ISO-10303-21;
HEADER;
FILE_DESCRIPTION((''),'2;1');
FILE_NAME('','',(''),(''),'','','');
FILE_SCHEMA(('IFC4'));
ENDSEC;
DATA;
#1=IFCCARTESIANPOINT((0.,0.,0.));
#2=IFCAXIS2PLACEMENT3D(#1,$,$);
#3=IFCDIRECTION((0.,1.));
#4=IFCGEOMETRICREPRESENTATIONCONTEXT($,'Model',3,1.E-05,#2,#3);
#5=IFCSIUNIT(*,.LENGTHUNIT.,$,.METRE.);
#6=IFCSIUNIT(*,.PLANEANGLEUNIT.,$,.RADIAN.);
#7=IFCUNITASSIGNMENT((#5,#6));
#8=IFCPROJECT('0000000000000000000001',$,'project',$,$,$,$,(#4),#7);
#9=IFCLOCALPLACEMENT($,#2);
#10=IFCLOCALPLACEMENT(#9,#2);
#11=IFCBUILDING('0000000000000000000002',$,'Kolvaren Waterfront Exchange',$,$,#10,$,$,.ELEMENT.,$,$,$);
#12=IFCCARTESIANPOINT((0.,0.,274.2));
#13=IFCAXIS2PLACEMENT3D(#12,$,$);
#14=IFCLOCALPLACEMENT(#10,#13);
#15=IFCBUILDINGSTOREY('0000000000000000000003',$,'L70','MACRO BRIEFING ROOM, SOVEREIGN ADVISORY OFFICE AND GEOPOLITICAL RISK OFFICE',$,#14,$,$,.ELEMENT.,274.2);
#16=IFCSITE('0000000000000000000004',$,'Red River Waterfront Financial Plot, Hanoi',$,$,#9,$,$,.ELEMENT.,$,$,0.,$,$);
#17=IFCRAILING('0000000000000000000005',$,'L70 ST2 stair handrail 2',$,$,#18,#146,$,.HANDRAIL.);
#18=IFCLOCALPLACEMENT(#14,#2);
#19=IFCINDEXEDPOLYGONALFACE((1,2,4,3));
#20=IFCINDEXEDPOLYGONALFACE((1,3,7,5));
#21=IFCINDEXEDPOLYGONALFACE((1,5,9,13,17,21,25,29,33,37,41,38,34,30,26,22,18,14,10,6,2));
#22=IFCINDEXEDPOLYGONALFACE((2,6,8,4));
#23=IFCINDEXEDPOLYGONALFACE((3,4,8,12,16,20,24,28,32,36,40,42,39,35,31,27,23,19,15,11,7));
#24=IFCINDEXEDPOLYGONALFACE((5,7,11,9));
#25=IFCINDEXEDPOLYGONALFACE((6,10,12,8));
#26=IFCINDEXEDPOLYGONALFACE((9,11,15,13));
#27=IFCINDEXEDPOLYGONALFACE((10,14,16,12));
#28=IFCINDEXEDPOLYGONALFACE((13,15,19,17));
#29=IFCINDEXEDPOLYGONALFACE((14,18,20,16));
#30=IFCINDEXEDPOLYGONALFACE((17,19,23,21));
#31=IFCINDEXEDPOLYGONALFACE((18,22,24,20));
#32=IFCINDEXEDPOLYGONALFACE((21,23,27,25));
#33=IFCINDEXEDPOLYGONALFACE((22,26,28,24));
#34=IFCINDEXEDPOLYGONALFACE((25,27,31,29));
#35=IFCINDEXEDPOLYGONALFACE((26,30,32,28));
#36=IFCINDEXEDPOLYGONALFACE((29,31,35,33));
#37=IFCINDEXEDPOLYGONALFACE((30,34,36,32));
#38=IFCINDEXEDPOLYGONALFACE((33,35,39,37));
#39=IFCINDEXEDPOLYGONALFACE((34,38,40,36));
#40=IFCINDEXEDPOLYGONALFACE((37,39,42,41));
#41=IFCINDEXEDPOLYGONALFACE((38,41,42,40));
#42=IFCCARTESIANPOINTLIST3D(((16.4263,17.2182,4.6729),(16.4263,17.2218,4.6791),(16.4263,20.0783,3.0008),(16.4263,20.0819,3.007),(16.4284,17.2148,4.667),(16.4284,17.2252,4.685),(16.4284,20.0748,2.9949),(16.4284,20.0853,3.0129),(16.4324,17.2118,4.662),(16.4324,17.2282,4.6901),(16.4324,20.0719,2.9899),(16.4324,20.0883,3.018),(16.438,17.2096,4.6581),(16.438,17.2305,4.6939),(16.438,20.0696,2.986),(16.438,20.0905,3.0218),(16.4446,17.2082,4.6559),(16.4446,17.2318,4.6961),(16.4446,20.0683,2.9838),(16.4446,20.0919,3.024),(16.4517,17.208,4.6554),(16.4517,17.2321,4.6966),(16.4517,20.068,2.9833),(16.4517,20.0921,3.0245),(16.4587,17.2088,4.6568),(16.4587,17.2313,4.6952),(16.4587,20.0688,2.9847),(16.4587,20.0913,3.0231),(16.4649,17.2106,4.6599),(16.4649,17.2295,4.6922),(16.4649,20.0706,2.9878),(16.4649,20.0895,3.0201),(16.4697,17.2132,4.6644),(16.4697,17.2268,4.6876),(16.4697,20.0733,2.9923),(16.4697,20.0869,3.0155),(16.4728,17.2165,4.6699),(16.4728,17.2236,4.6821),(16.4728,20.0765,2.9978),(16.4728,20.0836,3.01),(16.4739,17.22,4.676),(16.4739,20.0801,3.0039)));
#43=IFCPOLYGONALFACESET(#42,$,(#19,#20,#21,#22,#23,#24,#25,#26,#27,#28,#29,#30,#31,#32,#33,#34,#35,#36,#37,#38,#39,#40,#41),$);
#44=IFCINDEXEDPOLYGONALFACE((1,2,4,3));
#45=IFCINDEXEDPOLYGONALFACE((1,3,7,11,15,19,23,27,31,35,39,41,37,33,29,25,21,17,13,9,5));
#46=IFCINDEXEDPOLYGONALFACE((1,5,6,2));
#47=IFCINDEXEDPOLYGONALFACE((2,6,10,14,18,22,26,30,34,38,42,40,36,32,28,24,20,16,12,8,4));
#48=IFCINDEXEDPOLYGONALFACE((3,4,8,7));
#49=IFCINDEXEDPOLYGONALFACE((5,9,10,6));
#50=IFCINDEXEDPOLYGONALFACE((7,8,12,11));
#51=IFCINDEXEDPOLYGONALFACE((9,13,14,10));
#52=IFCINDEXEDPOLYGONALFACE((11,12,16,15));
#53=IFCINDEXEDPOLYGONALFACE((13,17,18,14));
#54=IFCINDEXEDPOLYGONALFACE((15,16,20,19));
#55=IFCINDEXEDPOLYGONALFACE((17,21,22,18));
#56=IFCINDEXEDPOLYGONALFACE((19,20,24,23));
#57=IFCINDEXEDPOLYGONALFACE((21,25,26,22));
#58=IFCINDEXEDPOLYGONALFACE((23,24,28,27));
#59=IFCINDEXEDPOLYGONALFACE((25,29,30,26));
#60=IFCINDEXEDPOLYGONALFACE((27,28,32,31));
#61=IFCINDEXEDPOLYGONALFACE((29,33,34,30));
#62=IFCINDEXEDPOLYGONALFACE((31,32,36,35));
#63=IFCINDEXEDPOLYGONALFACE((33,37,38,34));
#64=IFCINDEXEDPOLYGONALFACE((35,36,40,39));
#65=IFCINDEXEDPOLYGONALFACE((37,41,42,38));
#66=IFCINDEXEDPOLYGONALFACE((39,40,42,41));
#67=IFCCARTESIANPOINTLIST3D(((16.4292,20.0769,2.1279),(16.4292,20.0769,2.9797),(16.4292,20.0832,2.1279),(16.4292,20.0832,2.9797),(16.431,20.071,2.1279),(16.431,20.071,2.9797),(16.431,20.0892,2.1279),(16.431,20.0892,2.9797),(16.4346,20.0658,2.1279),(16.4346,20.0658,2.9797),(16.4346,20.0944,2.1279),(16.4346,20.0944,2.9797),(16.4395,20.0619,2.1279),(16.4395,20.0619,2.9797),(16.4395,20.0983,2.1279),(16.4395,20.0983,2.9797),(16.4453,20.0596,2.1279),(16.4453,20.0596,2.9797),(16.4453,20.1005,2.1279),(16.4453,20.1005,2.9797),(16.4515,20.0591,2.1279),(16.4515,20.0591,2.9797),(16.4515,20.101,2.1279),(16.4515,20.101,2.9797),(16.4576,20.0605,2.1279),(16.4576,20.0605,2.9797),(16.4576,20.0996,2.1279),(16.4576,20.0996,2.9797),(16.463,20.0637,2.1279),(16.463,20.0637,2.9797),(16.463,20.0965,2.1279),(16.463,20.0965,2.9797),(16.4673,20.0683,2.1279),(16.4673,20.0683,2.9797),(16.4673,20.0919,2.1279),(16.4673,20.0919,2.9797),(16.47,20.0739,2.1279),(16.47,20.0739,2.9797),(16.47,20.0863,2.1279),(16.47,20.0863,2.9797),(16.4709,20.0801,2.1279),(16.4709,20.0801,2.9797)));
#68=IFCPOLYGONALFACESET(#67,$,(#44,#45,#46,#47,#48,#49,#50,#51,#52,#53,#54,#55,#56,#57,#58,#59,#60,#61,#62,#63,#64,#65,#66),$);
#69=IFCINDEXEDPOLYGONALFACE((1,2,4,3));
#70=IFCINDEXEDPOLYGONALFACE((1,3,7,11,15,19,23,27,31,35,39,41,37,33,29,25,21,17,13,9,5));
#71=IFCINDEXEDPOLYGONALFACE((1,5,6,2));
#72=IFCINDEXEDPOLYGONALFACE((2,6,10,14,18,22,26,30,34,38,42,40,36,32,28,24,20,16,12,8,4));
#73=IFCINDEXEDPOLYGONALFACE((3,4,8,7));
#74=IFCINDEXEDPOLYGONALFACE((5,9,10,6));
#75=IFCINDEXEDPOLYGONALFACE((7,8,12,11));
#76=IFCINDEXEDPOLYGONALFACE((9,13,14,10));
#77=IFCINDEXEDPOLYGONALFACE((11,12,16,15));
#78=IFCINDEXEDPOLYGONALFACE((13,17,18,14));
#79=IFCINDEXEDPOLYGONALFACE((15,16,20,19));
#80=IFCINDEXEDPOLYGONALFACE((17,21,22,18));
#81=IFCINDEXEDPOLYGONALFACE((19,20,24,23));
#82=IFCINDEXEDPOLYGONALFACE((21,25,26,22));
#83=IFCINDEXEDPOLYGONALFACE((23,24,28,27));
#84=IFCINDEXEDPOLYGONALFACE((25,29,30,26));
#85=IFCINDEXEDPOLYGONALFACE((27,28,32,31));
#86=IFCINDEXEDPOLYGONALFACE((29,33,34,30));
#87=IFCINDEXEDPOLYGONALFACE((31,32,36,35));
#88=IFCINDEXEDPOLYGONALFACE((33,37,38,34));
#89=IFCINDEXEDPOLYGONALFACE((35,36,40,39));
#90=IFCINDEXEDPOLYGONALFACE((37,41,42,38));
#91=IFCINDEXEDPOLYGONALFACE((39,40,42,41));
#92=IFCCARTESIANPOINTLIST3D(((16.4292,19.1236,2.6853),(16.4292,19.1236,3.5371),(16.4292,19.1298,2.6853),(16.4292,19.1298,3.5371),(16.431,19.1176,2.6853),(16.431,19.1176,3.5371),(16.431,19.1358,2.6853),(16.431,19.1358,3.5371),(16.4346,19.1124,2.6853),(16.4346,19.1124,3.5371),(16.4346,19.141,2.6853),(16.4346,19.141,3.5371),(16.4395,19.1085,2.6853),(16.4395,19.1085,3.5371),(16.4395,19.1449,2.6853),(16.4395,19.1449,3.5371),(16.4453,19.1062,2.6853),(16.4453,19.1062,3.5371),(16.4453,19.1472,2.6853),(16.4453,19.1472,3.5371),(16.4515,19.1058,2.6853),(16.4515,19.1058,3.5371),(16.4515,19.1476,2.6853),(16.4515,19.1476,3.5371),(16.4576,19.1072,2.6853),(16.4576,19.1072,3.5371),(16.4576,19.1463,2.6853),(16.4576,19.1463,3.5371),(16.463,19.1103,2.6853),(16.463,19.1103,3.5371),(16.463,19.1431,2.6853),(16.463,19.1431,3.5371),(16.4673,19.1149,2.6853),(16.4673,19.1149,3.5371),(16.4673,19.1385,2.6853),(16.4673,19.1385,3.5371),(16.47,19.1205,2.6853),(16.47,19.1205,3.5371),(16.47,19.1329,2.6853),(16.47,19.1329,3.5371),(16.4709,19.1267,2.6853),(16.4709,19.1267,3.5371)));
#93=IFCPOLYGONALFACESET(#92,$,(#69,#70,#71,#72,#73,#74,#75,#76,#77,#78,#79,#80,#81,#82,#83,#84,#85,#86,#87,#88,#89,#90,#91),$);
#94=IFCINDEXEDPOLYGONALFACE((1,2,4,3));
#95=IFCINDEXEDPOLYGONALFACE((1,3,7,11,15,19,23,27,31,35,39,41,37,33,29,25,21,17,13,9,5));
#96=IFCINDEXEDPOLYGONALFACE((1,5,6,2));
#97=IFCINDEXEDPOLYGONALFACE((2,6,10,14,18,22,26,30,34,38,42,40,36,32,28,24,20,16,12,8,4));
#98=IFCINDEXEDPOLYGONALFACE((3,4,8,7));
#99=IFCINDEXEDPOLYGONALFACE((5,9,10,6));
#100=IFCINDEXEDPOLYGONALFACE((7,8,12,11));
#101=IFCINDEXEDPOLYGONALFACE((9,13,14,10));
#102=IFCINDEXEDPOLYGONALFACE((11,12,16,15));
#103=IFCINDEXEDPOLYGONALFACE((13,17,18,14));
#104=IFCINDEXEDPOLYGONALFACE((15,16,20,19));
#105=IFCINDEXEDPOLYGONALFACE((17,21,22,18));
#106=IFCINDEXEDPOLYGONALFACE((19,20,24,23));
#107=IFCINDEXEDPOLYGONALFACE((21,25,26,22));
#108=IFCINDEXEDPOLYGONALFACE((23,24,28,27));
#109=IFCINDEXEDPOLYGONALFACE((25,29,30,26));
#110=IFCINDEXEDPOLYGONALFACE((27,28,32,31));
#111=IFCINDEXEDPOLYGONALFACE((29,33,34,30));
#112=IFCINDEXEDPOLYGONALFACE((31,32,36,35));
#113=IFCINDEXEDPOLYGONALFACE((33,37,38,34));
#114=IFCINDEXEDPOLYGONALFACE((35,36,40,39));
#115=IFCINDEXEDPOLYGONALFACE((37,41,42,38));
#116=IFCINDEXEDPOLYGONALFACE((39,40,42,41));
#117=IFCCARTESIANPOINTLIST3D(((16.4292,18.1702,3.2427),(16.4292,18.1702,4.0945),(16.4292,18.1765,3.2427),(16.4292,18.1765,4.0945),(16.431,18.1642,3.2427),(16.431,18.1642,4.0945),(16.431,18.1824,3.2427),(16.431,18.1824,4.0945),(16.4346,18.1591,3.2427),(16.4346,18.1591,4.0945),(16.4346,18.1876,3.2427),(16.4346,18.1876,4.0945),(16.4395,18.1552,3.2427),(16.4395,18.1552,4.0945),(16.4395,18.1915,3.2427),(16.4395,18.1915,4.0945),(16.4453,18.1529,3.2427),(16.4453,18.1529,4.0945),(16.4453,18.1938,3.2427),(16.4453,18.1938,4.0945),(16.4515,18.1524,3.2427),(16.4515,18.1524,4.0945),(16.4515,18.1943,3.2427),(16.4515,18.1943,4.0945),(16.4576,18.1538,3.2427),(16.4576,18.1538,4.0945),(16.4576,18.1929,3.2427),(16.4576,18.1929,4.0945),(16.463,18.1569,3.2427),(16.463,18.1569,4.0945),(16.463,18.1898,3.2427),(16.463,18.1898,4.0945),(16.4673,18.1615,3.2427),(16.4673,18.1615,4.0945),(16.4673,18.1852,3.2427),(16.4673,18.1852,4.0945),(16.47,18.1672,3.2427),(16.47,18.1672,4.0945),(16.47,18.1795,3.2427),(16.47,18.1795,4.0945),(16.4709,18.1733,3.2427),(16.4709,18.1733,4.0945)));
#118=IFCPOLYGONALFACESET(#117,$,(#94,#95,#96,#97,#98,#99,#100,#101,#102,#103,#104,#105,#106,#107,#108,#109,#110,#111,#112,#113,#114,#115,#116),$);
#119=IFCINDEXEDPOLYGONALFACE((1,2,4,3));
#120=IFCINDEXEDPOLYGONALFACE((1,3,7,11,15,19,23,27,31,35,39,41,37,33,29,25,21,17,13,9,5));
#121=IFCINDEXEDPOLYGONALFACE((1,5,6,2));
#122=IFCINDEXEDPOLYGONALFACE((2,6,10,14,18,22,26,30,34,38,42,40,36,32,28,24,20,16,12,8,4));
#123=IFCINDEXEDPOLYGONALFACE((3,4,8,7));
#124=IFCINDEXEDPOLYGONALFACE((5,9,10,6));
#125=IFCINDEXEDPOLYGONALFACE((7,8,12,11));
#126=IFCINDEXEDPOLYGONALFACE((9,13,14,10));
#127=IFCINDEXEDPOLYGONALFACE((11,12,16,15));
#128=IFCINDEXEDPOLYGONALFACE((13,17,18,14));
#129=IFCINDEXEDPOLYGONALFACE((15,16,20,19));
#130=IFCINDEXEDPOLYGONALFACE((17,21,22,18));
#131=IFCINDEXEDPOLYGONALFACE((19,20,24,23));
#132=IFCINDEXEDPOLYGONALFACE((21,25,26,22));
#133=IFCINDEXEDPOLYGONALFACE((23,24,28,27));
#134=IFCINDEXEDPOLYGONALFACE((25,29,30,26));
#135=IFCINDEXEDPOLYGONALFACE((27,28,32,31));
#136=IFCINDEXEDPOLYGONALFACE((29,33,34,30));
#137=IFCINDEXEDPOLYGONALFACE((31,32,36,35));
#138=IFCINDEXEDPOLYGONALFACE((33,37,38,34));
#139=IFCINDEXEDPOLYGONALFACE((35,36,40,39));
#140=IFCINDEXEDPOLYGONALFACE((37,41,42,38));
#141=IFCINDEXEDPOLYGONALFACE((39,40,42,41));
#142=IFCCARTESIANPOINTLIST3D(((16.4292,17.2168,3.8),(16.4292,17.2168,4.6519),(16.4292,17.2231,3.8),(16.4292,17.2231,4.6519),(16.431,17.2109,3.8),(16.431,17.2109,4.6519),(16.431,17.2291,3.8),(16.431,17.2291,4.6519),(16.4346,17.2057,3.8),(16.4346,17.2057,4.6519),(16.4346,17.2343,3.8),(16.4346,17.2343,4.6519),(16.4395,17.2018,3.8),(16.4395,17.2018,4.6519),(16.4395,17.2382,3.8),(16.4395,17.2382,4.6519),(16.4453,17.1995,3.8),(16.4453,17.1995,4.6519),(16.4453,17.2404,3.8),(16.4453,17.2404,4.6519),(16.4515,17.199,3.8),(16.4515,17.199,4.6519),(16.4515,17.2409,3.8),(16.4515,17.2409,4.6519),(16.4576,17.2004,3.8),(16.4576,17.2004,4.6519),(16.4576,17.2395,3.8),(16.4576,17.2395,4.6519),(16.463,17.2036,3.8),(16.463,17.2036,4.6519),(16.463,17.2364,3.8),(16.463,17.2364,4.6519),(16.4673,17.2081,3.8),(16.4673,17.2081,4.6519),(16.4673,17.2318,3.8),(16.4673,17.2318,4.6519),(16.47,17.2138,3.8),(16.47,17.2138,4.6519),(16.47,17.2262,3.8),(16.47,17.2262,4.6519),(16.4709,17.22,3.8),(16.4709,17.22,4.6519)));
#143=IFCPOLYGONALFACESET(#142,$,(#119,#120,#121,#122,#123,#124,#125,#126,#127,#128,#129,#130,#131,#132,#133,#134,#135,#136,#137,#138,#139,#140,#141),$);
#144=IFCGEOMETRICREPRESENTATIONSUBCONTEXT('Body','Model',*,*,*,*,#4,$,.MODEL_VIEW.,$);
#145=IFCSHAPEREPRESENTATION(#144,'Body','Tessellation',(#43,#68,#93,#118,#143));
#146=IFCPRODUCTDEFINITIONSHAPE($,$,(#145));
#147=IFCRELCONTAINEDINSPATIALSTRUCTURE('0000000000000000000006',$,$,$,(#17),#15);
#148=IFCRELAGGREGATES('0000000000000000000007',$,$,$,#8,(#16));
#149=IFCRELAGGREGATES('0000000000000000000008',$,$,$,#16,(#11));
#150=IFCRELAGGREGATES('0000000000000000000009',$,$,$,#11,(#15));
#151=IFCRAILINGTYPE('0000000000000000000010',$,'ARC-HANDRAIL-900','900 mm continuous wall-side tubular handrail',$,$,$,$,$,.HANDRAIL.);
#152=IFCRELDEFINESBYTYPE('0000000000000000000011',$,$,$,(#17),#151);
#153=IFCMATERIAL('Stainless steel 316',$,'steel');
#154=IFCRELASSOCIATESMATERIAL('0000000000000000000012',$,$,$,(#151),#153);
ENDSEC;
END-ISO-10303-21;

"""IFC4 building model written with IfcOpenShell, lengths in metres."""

from ifc_helpers import new_model, si_unit, direction, frame, origin, origin_2d, place, context, subcontext, project, spatial, circle, extrude, material, type_object, element, save


model = new_model("IFC4")

# Units and contexts
model_context = context("Model", 3, precision=1e-05, world=origin(), true_north=direction((0.0, 1.0)))
body_context = subcontext(model_context, "Body", "Model", "MODEL_VIEW")
ifc_project = project(units=[si_unit("LENGTHUNIT", "METRE"), si_unit("PLANEANGLEUNIT", "RADIAN")], contexts=[model_context])

# Site, building, storey
site_placement = place(None, origin())
site = spatial("IfcSite", under=ifc_project, at=site_placement, Name="Red River Waterfront Financial Plot, Hanoi", CompositionType="ELEMENT", RefElevation=0.0)
building_placement = place(site_placement, origin())
building = spatial("IfcBuilding", under=site, at=building_placement, Name="Kolvaren Waterfront Exchange", CompositionType="ELEMENT")
storey_placement = place(building_placement, frame((0.0, 0.0, 274.2)))
storey = spatial("IfcBuildingStorey", under=building, at=storey_placement, Name="L70", Description="MACRO BRIEFING ROOM, SOVEREIGN ADVISORY OFFICE AND GEOPOLITICAL RISK OFFICE", CompositionType="ELEMENT", Elevation=274.2)

# Railing
ifc_material_1 = material(Name="Stainless steel 316", Category="steel")
railing_type_1 = type_object("IfcRailingType", Name="ARC-HANDRAIL-900", Description="900 mm continuous wall-side tubular handrail", PredefinedType="HANDRAIL", material=ifc_material_1)
railing_1_placement = place(storey_placement, frame((16.45, 20.0801, 2.1279)))
element("IfcRailing", 1, at=railing_1_placement, inside=storey, type_object=railing_type_1, Name="L70 ST2 stair handrail 2", PredefinedType="HANDRAIL", context=body_context, shape_type="SweptSolid", body=[
    extrude(circle(Radius=0.0239, at=origin_2d()), frame((0.0, 0.0, 0.876), z_axis=(0.0, -0.863289, 0.504709), x_axis=(1.0, 0.0, 0.0)), (0.0, 0.0, 1.0), 3.313),
    extrude(circle(Radius=0.021, at=origin_2d()), origin(), (0.0, 0.0, 1.0), 0.8518),
    extrude(circle(Radius=0.021, at=origin_2d()), frame((0.0, -0.9534, 0.5574)), (0.0, 0.0, 1.0), 0.8518),
    extrude(circle(Radius=0.021, at=origin_2d()), frame((0.0, -1.9067, 1.1147)), (0.0, 0.0, 1.0), 0.8518),
    extrude(circle(Radius=0.021, at=origin_2d()), frame((0.0, -2.8601, 1.6721)), (0.0, 0.0, 1.0), 0.8518),
])

save(model, "model.ifc")
